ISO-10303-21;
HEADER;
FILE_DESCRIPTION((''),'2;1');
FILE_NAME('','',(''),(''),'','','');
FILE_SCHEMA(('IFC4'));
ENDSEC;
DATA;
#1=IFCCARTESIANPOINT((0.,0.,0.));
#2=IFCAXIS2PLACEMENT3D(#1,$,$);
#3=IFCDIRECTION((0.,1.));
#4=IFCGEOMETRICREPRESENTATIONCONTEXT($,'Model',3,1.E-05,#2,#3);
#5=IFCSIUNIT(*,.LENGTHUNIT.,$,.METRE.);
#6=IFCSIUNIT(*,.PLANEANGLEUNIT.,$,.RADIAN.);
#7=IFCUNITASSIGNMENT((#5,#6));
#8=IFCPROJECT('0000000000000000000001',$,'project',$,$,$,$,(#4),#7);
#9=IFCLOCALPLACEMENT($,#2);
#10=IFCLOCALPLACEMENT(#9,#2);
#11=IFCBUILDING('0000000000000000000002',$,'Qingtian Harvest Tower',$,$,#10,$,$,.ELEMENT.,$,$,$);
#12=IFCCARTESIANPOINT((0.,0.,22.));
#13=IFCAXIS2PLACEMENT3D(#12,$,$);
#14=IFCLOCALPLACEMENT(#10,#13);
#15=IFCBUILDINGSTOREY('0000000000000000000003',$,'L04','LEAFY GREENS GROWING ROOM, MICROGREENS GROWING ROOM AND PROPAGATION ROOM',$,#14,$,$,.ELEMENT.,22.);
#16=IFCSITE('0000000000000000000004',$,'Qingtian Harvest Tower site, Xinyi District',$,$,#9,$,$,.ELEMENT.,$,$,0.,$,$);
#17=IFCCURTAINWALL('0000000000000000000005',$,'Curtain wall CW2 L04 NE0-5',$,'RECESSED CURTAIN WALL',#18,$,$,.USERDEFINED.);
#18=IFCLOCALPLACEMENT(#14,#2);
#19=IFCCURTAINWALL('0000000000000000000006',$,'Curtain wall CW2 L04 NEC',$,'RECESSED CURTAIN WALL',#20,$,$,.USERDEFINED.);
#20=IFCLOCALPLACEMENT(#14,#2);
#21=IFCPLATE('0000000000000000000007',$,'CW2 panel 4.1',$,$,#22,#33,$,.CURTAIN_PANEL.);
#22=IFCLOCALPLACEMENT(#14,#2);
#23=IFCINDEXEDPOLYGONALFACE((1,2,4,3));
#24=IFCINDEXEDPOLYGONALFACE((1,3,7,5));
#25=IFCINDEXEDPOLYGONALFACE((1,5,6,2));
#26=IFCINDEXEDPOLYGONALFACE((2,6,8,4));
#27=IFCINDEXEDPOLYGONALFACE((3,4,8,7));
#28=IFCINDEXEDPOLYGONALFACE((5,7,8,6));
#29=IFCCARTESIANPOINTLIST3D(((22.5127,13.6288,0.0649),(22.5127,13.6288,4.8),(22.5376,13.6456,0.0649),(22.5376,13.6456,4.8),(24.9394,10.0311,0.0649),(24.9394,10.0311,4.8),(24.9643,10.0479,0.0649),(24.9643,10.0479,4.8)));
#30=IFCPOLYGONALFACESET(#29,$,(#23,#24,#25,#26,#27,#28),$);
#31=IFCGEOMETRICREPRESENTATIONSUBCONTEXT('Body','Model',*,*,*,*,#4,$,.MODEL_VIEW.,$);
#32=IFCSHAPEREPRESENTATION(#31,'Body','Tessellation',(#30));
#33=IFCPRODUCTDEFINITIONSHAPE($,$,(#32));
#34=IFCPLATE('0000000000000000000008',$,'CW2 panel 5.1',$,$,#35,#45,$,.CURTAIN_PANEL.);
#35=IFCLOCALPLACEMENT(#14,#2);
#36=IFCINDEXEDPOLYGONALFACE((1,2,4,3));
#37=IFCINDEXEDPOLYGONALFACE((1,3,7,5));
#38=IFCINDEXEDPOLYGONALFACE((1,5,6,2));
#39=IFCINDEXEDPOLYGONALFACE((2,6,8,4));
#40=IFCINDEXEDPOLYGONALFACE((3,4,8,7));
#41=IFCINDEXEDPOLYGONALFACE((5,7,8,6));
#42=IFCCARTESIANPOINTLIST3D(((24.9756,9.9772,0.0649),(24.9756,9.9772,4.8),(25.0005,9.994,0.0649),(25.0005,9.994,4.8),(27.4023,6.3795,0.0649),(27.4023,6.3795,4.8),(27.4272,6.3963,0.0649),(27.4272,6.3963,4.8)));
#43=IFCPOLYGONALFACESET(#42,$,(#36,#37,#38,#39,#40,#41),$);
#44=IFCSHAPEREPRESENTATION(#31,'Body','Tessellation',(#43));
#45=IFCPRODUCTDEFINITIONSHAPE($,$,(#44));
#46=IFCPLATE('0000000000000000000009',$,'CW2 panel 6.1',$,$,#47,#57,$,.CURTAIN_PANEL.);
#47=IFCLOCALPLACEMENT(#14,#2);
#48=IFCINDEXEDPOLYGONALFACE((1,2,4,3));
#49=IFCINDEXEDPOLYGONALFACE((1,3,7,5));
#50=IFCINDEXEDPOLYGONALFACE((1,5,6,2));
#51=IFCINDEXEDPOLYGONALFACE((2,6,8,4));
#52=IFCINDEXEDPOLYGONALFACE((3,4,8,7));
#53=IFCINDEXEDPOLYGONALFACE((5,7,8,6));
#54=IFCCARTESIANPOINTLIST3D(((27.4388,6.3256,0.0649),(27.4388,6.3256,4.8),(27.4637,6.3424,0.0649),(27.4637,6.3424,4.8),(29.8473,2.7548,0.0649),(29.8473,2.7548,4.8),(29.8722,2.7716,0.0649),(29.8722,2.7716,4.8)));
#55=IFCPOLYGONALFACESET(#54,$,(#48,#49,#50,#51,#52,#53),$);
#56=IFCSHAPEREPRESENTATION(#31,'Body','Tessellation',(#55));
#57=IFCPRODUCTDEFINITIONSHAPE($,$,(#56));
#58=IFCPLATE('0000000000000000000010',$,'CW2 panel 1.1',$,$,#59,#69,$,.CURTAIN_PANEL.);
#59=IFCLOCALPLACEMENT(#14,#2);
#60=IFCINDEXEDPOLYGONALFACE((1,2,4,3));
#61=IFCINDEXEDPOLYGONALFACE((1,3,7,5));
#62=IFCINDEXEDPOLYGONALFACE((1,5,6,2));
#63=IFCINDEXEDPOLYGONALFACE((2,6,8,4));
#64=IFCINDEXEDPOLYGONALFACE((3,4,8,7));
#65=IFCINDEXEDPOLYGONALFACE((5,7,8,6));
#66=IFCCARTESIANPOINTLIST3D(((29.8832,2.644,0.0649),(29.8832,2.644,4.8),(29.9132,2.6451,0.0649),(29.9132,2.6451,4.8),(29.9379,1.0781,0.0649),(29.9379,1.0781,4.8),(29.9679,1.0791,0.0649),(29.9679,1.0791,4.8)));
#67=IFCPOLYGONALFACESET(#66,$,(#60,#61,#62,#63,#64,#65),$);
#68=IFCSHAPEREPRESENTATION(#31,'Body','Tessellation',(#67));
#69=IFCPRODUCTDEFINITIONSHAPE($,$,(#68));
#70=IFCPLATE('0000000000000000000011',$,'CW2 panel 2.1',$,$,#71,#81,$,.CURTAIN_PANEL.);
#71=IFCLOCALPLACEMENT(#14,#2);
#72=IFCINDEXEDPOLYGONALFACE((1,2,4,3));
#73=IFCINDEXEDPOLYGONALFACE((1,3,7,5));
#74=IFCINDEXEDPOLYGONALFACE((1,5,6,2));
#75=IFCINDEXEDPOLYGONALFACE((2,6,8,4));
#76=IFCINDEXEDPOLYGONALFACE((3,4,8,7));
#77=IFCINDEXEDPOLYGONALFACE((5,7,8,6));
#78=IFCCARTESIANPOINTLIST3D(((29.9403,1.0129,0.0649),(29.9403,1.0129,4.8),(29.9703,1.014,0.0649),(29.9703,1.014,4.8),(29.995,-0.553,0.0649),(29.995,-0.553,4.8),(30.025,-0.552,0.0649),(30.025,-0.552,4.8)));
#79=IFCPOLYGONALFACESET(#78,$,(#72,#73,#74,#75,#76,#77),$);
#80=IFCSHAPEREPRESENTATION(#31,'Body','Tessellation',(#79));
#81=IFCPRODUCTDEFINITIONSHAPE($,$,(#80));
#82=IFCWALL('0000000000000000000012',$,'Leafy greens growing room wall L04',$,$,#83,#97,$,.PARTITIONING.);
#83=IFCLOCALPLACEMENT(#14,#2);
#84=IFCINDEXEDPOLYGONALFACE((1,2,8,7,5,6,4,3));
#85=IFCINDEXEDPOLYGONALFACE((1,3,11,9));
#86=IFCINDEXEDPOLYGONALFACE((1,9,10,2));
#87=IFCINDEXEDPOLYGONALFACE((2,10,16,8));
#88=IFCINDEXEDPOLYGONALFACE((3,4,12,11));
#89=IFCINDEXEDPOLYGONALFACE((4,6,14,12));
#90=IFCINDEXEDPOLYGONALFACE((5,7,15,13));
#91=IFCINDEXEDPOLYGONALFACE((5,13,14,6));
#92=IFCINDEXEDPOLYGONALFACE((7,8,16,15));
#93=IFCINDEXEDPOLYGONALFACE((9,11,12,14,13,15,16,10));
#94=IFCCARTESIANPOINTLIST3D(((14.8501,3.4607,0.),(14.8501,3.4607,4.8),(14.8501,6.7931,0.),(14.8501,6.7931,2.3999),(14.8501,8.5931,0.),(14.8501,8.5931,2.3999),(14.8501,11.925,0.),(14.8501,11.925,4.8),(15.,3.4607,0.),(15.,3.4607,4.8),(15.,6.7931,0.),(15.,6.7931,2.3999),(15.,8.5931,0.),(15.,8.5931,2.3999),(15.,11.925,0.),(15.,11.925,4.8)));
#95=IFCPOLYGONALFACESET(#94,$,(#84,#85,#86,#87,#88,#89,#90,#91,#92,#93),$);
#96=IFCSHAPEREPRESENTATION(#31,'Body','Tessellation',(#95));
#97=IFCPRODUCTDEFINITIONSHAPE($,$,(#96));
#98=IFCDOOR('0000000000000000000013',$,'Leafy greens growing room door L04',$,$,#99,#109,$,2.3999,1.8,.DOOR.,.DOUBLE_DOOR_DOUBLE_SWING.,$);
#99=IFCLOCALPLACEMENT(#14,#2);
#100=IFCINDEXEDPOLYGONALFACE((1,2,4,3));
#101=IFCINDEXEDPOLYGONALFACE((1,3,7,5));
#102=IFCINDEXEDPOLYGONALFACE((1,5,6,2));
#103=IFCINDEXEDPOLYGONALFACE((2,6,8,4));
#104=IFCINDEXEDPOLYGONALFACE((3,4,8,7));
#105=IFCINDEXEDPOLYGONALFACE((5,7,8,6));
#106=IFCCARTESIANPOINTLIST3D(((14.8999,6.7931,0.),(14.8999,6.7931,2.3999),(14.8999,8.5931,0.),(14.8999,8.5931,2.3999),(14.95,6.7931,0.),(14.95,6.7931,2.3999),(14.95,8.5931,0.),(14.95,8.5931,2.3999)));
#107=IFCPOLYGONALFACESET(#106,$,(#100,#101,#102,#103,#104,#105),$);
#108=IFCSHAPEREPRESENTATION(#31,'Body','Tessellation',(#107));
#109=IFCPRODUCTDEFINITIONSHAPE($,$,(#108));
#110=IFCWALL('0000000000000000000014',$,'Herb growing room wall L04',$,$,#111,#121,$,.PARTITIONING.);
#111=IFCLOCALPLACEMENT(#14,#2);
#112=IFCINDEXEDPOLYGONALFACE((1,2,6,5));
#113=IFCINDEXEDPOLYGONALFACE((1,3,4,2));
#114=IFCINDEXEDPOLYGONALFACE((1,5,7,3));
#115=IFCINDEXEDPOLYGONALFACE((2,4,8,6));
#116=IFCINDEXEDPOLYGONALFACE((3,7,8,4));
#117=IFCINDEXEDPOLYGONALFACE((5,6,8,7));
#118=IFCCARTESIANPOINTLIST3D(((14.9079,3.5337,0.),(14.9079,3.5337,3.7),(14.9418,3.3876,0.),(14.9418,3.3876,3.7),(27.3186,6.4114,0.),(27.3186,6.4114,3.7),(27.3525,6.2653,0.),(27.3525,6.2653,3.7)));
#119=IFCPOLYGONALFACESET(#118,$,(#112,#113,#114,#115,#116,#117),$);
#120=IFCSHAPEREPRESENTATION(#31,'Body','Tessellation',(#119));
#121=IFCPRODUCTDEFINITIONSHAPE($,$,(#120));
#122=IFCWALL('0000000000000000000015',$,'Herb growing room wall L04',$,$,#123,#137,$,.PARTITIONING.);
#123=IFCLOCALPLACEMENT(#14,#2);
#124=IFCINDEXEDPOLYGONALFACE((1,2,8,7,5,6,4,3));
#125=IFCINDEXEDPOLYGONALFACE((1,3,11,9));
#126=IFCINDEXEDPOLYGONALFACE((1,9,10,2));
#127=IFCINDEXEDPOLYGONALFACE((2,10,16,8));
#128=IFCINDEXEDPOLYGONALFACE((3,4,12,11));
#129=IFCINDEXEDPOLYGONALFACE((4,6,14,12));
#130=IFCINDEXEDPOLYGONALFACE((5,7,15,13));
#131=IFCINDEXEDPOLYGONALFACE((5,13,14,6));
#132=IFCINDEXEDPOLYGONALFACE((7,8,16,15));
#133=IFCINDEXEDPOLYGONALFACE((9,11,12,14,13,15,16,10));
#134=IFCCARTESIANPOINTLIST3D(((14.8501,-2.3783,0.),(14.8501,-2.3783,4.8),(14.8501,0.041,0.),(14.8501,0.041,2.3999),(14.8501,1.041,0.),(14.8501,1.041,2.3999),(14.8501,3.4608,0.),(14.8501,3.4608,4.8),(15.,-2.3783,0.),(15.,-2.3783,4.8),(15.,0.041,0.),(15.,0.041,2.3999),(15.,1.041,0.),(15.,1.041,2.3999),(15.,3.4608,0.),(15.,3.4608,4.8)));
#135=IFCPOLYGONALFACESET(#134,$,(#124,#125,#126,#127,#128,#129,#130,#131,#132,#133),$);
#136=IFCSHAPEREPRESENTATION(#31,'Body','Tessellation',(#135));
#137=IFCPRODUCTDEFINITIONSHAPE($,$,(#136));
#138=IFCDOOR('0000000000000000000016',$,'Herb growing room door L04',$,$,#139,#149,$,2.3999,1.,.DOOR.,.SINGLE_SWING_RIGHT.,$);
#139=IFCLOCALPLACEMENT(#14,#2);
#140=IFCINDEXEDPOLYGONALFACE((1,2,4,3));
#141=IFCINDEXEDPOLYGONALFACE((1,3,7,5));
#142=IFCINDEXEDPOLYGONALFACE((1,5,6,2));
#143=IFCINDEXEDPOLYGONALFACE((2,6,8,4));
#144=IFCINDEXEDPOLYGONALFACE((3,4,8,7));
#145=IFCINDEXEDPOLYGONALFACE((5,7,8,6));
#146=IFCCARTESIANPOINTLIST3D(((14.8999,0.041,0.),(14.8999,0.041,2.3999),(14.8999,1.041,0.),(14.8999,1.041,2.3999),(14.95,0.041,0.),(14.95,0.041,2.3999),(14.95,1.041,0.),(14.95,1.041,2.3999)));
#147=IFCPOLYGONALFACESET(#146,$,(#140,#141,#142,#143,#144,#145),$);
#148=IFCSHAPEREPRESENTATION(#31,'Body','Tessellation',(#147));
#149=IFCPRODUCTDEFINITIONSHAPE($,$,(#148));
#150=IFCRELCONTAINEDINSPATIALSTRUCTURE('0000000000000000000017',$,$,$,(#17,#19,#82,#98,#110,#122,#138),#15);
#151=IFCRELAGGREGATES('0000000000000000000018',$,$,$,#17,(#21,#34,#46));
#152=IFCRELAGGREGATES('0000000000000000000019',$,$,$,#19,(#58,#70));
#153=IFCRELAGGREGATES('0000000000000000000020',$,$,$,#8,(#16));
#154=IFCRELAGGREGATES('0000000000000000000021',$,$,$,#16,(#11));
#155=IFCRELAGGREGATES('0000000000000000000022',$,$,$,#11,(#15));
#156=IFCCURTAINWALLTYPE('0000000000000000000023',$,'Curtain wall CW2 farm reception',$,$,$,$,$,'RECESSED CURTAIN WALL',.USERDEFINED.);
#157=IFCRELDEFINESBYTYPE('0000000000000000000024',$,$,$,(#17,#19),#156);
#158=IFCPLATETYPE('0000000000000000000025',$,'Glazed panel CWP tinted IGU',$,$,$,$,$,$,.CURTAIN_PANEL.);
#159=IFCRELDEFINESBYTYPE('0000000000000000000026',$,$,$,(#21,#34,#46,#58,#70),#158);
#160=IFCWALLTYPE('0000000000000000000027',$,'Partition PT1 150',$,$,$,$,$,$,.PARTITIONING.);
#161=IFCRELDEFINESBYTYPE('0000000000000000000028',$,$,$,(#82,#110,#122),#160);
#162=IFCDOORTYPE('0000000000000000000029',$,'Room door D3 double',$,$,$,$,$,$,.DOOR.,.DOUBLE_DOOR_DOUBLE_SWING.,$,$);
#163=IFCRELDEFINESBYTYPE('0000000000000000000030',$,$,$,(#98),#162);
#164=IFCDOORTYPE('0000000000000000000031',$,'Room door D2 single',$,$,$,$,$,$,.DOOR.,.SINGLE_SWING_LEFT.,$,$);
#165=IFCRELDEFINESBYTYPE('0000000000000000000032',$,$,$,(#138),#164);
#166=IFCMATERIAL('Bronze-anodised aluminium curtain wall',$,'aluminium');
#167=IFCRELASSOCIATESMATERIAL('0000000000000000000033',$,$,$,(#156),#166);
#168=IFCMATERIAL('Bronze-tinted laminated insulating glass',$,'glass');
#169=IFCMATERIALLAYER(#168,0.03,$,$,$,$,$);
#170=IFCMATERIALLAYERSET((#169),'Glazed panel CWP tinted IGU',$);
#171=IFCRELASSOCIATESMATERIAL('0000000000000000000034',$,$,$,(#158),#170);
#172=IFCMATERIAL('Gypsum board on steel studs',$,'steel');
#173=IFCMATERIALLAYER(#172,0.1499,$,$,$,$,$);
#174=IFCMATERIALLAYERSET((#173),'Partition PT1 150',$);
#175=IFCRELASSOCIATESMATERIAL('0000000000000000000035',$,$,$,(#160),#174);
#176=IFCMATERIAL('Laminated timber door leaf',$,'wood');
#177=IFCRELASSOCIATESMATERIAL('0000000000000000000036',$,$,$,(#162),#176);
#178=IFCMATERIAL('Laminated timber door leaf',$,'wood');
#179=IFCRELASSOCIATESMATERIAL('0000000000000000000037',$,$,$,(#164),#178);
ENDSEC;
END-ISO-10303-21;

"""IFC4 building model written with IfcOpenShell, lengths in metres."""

from ifc_helpers import new_model, si_unit, direction, frame, frame_2d, origin, origin_2d, place, context, subcontext, project, spatial, rectangle, extrude, material, layer, layer_set, type_object, element, fill, aggregate, save


model = new_model("IFC4")

# Units and contexts
model_context = context("Model", 3, precision=1e-05, world=origin(), true_north=direction((0.0, 1.0)))
body_context = subcontext(model_context, "Body", "Model", "MODEL_VIEW")
ifc_project = project(units=[si_unit("LENGTHUNIT", "METRE"), si_unit("PLANEANGLEUNIT", "RADIAN")], contexts=[model_context])

# Site, building, storey
site_placement = place(None, origin())
site = spatial("IfcSite", under=ifc_project, at=site_placement, Name="Qingtian Harvest Tower site, Xinyi District", CompositionType="ELEMENT", RefElevation=0.0)
building_placement = place(site_placement, origin())
building = spatial("IfcBuilding", under=site, at=building_placement, Name="Qingtian Harvest Tower", CompositionType="ELEMENT")
storey_placement = place(building_placement, frame((0.0, 0.0, 22.0)))
storey = spatial("IfcBuildingStorey", under=building, at=storey_placement, Name="L04", Description="LEAFY GREENS GROWING ROOM, MICROGREENS GROWING ROOM AND PROPAGATION ROOM", CompositionType="ELEMENT", Elevation=22.0)

# Curtain walls
ifc_material_1 = material(Name="Bronze-anodised aluminium curtain wall", Category="aluminium")
curtain_wall_type = type_object("IfcCurtainWallType", Name="Curtain wall CW2 farm reception", ElementType="RECESSED CURTAIN WALL", PredefinedType="USERDEFINED", material=ifc_material_1)
curtain_wall_1_placement = place(storey_placement, origin())
curtain_wall_1 = element("IfcCurtainWall", 1, at=curtain_wall_1_placement, inside=storey, type_object=curtain_wall_type, Name="Curtain wall CW2 L04 NE0-5", ObjectType="RECESSED CURTAIN WALL", PredefinedType="USERDEFINED")
curtain_wall_2_placement = place(storey_placement, origin())
curtain_wall_2 = element("IfcCurtainWall", 2, at=curtain_wall_2_placement, inside=storey, type_object=curtain_wall_type, Name="Curtain wall CW2 L04 NEC", ObjectType="RECESSED CURTAIN WALL", PredefinedType="USERDEFINED")

# Plates
ifc_material_2 = material(Name="Bronze-tinted laminated insulating glass", Category="glass")
ifc_layer_1 = layer(ifc_material_2, 0.03)
ifc_layer_set_1 = layer_set([ifc_layer_1], Name="Glazed panel CWP tinted IGU")
plate_type = type_object("IfcPlateType", Name="Glazed panel CWP tinted IGU", PredefinedType="CURTAIN_PANEL", material=ifc_layer_set_1)
plate_1_placement = place(storey_placement, frame((23.7385, 11.8384, 0.0649), z_axis=(0.0, 0.0, 1.0), x_axis=(0.559193, -0.829038, 0.0)))
plate_1 = element("IfcPlate", 3, at=plate_1_placement, type_object=plate_type, Name="CW2 panel 4.1", PredefinedType="CURTAIN_PANEL", context=body_context, shape_type="SweptSolid", body=[
    extrude(rectangle(XDim=4.3396, YDim=0.03, at=origin_2d()), origin(), (0.0, 0.0, 1.0), 4.7351),
])
plate_2_placement = place(storey_placement, frame((26.2014, 8.1868, 0.0649), z_axis=(0.0, 0.0, 1.0), x_axis=(0.559193, -0.829038, 0.0)))
plate_2 = element("IfcPlate", 4, at=plate_2_placement, type_object=plate_type, Name="CW2 panel 5.1", PredefinedType="CURTAIN_PANEL", context=body_context, shape_type="SweptSolid", body=[
    extrude(rectangle(XDim=4.3396, YDim=0.03, at=origin_2d()), origin(), (0.0, 0.0, 1.0), 4.7351),
])
plate_3_placement = place(storey_placement, frame((28.6555, 4.5486, 0.0649), z_axis=(0.0, 0.0, 1.0), x_axis=(0.559193, -0.829038, 0.0)))
plate_3 = element("IfcPlate", 5, at=plate_3_placement, type_object=plate_type, Name="CW2 panel 6.1", PredefinedType="CURTAIN_PANEL", context=body_context, shape_type="SweptSolid", body=[
    extrude(rectangle(XDim=4.3071, YDim=0.03, at=origin_2d()), origin(), (0.0, 0.0, 1.0), 4.7351),
])
aggregate(curtain_wall_1, [plate_1, plate_2, plate_3])
plate_4_placement = place(storey_placement, frame((29.9255, 1.8616, 0.0649), z_axis=(0.0, 0.0, 1.0), x_axis=(0.034899, -0.999391, 0.0)))
plate_4 = element("IfcPlate", 6, at=plate_4_placement, type_object=plate_type, Name="CW2 panel 1.1", PredefinedType="CURTAIN_PANEL", context=body_context, shape_type="SweptSolid", body=[
    extrude(rectangle(XDim=1.5669, YDim=0.03, at=origin_2d()), origin(), (0.0, 0.0, 1.0), 4.7351),
])
plate_5_placement = place(storey_placement, frame((29.9827, 0.2305, 0.0649), z_axis=(0.0, 0.0, 1.0), x_axis=(0.034899, -0.999391, 0.0)))
plate_5 = element("IfcPlate", 7, at=plate_5_placement, type_object=plate_type, Name="CW2 panel 2.1", PredefinedType="CURTAIN_PANEL", context=body_context, shape_type="SweptSolid", body=[
    extrude(rectangle(XDim=1.5669, YDim=0.03, at=origin_2d()), origin(), (0.0, 0.0, 1.0), 4.7351),
])
aggregate(curtain_wall_2, [plate_4, plate_5])

# Wall, opening, door
ifc_material_3 = material(Name="Gypsum board on steel studs", Category="steel")
ifc_layer_2 = layer(ifc_material_3, 0.1499)
ifc_layer_set_2 = layer_set([ifc_layer_2], Name="Partition PT1 150")
wall_type = type_object("IfcWallType", Name="Partition PT1 150", PredefinedType="PARTITIONING", material=ifc_layer_set_2)
wall_1_placement = place(storey_placement, frame((14.925, 11.925, 0.0), z_axis=(0.0, 0.0, 1.0), x_axis=(0.0, -1.0, 0.0)))
wall_1 = element("IfcWall", 8, at=wall_1_placement, inside=storey, type_object=wall_type, Name="Leafy greens growing room wall L04", PredefinedType="PARTITIONING", context=body_context, shape_type="SweptSolid", body=[
    extrude(rectangle(XDim=8.4644, YDim=0.1499, at=frame_2d((4.2322, 0.0))), origin(), (0.0, 0.0, 1.0), 4.8),
])
opening_1_placement = place(wall_1_placement, frame((3.332, 0.0, 0.0)))
opening_1 = element("IfcOpeningElement", 9, at=opening_1_placement, cuts=wall_1, PredefinedType="OPENING", context=body_context, shape_type="SweptSolid", body=[
    extrude(rectangle(XDim=1.8, YDim=2.3999, at=frame_2d((0.8999, 1.2))), frame((0.0, 0.085, 0.0), z_axis=(0.0, -1.0, 0.0), x_axis=(1.0, 0.0, 0.0)), (0.0, 0.0, 1.0), 0.1699),
])
ifc_material_4 = material(Name="Laminated timber door leaf", Category="wood")
door_type_1 = type_object("IfcDoorType", Name="Room door D3 double", OperationType="DOUBLE_DOOR_DOUBLE_SWING", PredefinedType="DOOR", material=ifc_material_4)
door_1_placement = place(opening_1_placement, origin())
door_1 = element("IfcDoor", 10, at=door_1_placement, inside=storey, type_object=door_type_1, Name="Leafy greens growing room door L04", OperationType="DOUBLE_DOOR_DOUBLE_SWING", OverallHeight=2.3999, OverallWidth=1.8, PredefinedType="DOOR", context=body_context, shape_type="SweptSolid", body=[
    extrude(rectangle(XDim=1.8, YDim=2.3999, at=frame_2d((0.8999, 1.2))), frame((0.0, 0.0249, 0.0), z_axis=(0.0, -1.0, 0.0), x_axis=(1.0, 0.0, 0.0)), (0.0, 0.0, 1.0), 0.05),
])
fill(opening_1, door_1)

# Wall
wall_2_placement = place(storey_placement, frame((27.3357, 6.3384, 0.0), z_axis=(0.0, 0.0, 1.0), x_axis=(-0.974155, -0.22588, 0.0)))
element("IfcWall", 11, at=wall_2_placement, inside=storey, type_object=wall_type, Name="Herb growing room wall L04", PredefinedType="PARTITIONING", context=body_context, shape_type="SweptSolid", body=[
    extrude(rectangle(XDim=12.74, YDim=0.1499, at=frame_2d((6.3701, 0.0))), origin(), (0.0, 0.0, 1.0), 3.7),
])

# Wall, opening, door
wall_3_placement = place(storey_placement, frame((14.925, 3.4607, 0.0), z_axis=(0.0, 0.0, 1.0), x_axis=(0.0, -1.0, 0.0)))
wall_3 = element("IfcWall", 12, at=wall_3_placement, inside=storey, type_object=wall_type, Name="Herb growing room wall L04", PredefinedType="PARTITIONING", context=body_context, shape_type="SweptSolid", body=[
    extrude(rectangle(XDim=5.8391, YDim=0.1499, at=frame_2d((2.9194, 0.0))), origin(), (0.0, 0.0, 1.0), 4.8),
])
opening_2_placement = place(wall_3_placement, frame((2.4197, 0.0, 0.0)))
opening_2 = element("IfcOpeningElement", 13, at=opening_2_placement, cuts=wall_3, PredefinedType="OPENING", context=body_context, shape_type="SweptSolid", body=[
    extrude(rectangle(XDim=1.0, YDim=2.3999, at=frame_2d((0.5, 1.2))), frame((0.0, 0.085, 0.0), z_axis=(0.0, -1.0, 0.0), x_axis=(1.0, 0.0, 0.0)), (0.0, 0.0, 1.0), 0.1699),
])
ifc_material_5 = material(Name="Laminated timber door leaf", Category="wood")
door_type_2 = type_object("IfcDoorType", Name="Room door D2 single", OperationType="SINGLE_SWING_LEFT", PredefinedType="DOOR", material=ifc_material_5)
door_2_placement = place(opening_2_placement, origin())
door_2 = element("IfcDoor", 14, at=door_2_placement, inside=storey, type_object=door_type_2, Name="Herb growing room door L04", OperationType="SINGLE_SWING_RIGHT", OverallHeight=2.3999, OverallWidth=1.0, PredefinedType="DOOR", context=body_context, shape_type="SweptSolid", body=[
    extrude(rectangle(XDim=1.0, YDim=2.3999, at=frame_2d((0.5, 1.2))), frame((0.0, 0.0249, 0.0), z_axis=(0.0, -1.0, 0.0), x_axis=(1.0, 0.0, 0.0)), (0.0, 0.0, 1.0), 0.05),
])
fill(opening_2, door_2)

save(model, "model.ifc")
